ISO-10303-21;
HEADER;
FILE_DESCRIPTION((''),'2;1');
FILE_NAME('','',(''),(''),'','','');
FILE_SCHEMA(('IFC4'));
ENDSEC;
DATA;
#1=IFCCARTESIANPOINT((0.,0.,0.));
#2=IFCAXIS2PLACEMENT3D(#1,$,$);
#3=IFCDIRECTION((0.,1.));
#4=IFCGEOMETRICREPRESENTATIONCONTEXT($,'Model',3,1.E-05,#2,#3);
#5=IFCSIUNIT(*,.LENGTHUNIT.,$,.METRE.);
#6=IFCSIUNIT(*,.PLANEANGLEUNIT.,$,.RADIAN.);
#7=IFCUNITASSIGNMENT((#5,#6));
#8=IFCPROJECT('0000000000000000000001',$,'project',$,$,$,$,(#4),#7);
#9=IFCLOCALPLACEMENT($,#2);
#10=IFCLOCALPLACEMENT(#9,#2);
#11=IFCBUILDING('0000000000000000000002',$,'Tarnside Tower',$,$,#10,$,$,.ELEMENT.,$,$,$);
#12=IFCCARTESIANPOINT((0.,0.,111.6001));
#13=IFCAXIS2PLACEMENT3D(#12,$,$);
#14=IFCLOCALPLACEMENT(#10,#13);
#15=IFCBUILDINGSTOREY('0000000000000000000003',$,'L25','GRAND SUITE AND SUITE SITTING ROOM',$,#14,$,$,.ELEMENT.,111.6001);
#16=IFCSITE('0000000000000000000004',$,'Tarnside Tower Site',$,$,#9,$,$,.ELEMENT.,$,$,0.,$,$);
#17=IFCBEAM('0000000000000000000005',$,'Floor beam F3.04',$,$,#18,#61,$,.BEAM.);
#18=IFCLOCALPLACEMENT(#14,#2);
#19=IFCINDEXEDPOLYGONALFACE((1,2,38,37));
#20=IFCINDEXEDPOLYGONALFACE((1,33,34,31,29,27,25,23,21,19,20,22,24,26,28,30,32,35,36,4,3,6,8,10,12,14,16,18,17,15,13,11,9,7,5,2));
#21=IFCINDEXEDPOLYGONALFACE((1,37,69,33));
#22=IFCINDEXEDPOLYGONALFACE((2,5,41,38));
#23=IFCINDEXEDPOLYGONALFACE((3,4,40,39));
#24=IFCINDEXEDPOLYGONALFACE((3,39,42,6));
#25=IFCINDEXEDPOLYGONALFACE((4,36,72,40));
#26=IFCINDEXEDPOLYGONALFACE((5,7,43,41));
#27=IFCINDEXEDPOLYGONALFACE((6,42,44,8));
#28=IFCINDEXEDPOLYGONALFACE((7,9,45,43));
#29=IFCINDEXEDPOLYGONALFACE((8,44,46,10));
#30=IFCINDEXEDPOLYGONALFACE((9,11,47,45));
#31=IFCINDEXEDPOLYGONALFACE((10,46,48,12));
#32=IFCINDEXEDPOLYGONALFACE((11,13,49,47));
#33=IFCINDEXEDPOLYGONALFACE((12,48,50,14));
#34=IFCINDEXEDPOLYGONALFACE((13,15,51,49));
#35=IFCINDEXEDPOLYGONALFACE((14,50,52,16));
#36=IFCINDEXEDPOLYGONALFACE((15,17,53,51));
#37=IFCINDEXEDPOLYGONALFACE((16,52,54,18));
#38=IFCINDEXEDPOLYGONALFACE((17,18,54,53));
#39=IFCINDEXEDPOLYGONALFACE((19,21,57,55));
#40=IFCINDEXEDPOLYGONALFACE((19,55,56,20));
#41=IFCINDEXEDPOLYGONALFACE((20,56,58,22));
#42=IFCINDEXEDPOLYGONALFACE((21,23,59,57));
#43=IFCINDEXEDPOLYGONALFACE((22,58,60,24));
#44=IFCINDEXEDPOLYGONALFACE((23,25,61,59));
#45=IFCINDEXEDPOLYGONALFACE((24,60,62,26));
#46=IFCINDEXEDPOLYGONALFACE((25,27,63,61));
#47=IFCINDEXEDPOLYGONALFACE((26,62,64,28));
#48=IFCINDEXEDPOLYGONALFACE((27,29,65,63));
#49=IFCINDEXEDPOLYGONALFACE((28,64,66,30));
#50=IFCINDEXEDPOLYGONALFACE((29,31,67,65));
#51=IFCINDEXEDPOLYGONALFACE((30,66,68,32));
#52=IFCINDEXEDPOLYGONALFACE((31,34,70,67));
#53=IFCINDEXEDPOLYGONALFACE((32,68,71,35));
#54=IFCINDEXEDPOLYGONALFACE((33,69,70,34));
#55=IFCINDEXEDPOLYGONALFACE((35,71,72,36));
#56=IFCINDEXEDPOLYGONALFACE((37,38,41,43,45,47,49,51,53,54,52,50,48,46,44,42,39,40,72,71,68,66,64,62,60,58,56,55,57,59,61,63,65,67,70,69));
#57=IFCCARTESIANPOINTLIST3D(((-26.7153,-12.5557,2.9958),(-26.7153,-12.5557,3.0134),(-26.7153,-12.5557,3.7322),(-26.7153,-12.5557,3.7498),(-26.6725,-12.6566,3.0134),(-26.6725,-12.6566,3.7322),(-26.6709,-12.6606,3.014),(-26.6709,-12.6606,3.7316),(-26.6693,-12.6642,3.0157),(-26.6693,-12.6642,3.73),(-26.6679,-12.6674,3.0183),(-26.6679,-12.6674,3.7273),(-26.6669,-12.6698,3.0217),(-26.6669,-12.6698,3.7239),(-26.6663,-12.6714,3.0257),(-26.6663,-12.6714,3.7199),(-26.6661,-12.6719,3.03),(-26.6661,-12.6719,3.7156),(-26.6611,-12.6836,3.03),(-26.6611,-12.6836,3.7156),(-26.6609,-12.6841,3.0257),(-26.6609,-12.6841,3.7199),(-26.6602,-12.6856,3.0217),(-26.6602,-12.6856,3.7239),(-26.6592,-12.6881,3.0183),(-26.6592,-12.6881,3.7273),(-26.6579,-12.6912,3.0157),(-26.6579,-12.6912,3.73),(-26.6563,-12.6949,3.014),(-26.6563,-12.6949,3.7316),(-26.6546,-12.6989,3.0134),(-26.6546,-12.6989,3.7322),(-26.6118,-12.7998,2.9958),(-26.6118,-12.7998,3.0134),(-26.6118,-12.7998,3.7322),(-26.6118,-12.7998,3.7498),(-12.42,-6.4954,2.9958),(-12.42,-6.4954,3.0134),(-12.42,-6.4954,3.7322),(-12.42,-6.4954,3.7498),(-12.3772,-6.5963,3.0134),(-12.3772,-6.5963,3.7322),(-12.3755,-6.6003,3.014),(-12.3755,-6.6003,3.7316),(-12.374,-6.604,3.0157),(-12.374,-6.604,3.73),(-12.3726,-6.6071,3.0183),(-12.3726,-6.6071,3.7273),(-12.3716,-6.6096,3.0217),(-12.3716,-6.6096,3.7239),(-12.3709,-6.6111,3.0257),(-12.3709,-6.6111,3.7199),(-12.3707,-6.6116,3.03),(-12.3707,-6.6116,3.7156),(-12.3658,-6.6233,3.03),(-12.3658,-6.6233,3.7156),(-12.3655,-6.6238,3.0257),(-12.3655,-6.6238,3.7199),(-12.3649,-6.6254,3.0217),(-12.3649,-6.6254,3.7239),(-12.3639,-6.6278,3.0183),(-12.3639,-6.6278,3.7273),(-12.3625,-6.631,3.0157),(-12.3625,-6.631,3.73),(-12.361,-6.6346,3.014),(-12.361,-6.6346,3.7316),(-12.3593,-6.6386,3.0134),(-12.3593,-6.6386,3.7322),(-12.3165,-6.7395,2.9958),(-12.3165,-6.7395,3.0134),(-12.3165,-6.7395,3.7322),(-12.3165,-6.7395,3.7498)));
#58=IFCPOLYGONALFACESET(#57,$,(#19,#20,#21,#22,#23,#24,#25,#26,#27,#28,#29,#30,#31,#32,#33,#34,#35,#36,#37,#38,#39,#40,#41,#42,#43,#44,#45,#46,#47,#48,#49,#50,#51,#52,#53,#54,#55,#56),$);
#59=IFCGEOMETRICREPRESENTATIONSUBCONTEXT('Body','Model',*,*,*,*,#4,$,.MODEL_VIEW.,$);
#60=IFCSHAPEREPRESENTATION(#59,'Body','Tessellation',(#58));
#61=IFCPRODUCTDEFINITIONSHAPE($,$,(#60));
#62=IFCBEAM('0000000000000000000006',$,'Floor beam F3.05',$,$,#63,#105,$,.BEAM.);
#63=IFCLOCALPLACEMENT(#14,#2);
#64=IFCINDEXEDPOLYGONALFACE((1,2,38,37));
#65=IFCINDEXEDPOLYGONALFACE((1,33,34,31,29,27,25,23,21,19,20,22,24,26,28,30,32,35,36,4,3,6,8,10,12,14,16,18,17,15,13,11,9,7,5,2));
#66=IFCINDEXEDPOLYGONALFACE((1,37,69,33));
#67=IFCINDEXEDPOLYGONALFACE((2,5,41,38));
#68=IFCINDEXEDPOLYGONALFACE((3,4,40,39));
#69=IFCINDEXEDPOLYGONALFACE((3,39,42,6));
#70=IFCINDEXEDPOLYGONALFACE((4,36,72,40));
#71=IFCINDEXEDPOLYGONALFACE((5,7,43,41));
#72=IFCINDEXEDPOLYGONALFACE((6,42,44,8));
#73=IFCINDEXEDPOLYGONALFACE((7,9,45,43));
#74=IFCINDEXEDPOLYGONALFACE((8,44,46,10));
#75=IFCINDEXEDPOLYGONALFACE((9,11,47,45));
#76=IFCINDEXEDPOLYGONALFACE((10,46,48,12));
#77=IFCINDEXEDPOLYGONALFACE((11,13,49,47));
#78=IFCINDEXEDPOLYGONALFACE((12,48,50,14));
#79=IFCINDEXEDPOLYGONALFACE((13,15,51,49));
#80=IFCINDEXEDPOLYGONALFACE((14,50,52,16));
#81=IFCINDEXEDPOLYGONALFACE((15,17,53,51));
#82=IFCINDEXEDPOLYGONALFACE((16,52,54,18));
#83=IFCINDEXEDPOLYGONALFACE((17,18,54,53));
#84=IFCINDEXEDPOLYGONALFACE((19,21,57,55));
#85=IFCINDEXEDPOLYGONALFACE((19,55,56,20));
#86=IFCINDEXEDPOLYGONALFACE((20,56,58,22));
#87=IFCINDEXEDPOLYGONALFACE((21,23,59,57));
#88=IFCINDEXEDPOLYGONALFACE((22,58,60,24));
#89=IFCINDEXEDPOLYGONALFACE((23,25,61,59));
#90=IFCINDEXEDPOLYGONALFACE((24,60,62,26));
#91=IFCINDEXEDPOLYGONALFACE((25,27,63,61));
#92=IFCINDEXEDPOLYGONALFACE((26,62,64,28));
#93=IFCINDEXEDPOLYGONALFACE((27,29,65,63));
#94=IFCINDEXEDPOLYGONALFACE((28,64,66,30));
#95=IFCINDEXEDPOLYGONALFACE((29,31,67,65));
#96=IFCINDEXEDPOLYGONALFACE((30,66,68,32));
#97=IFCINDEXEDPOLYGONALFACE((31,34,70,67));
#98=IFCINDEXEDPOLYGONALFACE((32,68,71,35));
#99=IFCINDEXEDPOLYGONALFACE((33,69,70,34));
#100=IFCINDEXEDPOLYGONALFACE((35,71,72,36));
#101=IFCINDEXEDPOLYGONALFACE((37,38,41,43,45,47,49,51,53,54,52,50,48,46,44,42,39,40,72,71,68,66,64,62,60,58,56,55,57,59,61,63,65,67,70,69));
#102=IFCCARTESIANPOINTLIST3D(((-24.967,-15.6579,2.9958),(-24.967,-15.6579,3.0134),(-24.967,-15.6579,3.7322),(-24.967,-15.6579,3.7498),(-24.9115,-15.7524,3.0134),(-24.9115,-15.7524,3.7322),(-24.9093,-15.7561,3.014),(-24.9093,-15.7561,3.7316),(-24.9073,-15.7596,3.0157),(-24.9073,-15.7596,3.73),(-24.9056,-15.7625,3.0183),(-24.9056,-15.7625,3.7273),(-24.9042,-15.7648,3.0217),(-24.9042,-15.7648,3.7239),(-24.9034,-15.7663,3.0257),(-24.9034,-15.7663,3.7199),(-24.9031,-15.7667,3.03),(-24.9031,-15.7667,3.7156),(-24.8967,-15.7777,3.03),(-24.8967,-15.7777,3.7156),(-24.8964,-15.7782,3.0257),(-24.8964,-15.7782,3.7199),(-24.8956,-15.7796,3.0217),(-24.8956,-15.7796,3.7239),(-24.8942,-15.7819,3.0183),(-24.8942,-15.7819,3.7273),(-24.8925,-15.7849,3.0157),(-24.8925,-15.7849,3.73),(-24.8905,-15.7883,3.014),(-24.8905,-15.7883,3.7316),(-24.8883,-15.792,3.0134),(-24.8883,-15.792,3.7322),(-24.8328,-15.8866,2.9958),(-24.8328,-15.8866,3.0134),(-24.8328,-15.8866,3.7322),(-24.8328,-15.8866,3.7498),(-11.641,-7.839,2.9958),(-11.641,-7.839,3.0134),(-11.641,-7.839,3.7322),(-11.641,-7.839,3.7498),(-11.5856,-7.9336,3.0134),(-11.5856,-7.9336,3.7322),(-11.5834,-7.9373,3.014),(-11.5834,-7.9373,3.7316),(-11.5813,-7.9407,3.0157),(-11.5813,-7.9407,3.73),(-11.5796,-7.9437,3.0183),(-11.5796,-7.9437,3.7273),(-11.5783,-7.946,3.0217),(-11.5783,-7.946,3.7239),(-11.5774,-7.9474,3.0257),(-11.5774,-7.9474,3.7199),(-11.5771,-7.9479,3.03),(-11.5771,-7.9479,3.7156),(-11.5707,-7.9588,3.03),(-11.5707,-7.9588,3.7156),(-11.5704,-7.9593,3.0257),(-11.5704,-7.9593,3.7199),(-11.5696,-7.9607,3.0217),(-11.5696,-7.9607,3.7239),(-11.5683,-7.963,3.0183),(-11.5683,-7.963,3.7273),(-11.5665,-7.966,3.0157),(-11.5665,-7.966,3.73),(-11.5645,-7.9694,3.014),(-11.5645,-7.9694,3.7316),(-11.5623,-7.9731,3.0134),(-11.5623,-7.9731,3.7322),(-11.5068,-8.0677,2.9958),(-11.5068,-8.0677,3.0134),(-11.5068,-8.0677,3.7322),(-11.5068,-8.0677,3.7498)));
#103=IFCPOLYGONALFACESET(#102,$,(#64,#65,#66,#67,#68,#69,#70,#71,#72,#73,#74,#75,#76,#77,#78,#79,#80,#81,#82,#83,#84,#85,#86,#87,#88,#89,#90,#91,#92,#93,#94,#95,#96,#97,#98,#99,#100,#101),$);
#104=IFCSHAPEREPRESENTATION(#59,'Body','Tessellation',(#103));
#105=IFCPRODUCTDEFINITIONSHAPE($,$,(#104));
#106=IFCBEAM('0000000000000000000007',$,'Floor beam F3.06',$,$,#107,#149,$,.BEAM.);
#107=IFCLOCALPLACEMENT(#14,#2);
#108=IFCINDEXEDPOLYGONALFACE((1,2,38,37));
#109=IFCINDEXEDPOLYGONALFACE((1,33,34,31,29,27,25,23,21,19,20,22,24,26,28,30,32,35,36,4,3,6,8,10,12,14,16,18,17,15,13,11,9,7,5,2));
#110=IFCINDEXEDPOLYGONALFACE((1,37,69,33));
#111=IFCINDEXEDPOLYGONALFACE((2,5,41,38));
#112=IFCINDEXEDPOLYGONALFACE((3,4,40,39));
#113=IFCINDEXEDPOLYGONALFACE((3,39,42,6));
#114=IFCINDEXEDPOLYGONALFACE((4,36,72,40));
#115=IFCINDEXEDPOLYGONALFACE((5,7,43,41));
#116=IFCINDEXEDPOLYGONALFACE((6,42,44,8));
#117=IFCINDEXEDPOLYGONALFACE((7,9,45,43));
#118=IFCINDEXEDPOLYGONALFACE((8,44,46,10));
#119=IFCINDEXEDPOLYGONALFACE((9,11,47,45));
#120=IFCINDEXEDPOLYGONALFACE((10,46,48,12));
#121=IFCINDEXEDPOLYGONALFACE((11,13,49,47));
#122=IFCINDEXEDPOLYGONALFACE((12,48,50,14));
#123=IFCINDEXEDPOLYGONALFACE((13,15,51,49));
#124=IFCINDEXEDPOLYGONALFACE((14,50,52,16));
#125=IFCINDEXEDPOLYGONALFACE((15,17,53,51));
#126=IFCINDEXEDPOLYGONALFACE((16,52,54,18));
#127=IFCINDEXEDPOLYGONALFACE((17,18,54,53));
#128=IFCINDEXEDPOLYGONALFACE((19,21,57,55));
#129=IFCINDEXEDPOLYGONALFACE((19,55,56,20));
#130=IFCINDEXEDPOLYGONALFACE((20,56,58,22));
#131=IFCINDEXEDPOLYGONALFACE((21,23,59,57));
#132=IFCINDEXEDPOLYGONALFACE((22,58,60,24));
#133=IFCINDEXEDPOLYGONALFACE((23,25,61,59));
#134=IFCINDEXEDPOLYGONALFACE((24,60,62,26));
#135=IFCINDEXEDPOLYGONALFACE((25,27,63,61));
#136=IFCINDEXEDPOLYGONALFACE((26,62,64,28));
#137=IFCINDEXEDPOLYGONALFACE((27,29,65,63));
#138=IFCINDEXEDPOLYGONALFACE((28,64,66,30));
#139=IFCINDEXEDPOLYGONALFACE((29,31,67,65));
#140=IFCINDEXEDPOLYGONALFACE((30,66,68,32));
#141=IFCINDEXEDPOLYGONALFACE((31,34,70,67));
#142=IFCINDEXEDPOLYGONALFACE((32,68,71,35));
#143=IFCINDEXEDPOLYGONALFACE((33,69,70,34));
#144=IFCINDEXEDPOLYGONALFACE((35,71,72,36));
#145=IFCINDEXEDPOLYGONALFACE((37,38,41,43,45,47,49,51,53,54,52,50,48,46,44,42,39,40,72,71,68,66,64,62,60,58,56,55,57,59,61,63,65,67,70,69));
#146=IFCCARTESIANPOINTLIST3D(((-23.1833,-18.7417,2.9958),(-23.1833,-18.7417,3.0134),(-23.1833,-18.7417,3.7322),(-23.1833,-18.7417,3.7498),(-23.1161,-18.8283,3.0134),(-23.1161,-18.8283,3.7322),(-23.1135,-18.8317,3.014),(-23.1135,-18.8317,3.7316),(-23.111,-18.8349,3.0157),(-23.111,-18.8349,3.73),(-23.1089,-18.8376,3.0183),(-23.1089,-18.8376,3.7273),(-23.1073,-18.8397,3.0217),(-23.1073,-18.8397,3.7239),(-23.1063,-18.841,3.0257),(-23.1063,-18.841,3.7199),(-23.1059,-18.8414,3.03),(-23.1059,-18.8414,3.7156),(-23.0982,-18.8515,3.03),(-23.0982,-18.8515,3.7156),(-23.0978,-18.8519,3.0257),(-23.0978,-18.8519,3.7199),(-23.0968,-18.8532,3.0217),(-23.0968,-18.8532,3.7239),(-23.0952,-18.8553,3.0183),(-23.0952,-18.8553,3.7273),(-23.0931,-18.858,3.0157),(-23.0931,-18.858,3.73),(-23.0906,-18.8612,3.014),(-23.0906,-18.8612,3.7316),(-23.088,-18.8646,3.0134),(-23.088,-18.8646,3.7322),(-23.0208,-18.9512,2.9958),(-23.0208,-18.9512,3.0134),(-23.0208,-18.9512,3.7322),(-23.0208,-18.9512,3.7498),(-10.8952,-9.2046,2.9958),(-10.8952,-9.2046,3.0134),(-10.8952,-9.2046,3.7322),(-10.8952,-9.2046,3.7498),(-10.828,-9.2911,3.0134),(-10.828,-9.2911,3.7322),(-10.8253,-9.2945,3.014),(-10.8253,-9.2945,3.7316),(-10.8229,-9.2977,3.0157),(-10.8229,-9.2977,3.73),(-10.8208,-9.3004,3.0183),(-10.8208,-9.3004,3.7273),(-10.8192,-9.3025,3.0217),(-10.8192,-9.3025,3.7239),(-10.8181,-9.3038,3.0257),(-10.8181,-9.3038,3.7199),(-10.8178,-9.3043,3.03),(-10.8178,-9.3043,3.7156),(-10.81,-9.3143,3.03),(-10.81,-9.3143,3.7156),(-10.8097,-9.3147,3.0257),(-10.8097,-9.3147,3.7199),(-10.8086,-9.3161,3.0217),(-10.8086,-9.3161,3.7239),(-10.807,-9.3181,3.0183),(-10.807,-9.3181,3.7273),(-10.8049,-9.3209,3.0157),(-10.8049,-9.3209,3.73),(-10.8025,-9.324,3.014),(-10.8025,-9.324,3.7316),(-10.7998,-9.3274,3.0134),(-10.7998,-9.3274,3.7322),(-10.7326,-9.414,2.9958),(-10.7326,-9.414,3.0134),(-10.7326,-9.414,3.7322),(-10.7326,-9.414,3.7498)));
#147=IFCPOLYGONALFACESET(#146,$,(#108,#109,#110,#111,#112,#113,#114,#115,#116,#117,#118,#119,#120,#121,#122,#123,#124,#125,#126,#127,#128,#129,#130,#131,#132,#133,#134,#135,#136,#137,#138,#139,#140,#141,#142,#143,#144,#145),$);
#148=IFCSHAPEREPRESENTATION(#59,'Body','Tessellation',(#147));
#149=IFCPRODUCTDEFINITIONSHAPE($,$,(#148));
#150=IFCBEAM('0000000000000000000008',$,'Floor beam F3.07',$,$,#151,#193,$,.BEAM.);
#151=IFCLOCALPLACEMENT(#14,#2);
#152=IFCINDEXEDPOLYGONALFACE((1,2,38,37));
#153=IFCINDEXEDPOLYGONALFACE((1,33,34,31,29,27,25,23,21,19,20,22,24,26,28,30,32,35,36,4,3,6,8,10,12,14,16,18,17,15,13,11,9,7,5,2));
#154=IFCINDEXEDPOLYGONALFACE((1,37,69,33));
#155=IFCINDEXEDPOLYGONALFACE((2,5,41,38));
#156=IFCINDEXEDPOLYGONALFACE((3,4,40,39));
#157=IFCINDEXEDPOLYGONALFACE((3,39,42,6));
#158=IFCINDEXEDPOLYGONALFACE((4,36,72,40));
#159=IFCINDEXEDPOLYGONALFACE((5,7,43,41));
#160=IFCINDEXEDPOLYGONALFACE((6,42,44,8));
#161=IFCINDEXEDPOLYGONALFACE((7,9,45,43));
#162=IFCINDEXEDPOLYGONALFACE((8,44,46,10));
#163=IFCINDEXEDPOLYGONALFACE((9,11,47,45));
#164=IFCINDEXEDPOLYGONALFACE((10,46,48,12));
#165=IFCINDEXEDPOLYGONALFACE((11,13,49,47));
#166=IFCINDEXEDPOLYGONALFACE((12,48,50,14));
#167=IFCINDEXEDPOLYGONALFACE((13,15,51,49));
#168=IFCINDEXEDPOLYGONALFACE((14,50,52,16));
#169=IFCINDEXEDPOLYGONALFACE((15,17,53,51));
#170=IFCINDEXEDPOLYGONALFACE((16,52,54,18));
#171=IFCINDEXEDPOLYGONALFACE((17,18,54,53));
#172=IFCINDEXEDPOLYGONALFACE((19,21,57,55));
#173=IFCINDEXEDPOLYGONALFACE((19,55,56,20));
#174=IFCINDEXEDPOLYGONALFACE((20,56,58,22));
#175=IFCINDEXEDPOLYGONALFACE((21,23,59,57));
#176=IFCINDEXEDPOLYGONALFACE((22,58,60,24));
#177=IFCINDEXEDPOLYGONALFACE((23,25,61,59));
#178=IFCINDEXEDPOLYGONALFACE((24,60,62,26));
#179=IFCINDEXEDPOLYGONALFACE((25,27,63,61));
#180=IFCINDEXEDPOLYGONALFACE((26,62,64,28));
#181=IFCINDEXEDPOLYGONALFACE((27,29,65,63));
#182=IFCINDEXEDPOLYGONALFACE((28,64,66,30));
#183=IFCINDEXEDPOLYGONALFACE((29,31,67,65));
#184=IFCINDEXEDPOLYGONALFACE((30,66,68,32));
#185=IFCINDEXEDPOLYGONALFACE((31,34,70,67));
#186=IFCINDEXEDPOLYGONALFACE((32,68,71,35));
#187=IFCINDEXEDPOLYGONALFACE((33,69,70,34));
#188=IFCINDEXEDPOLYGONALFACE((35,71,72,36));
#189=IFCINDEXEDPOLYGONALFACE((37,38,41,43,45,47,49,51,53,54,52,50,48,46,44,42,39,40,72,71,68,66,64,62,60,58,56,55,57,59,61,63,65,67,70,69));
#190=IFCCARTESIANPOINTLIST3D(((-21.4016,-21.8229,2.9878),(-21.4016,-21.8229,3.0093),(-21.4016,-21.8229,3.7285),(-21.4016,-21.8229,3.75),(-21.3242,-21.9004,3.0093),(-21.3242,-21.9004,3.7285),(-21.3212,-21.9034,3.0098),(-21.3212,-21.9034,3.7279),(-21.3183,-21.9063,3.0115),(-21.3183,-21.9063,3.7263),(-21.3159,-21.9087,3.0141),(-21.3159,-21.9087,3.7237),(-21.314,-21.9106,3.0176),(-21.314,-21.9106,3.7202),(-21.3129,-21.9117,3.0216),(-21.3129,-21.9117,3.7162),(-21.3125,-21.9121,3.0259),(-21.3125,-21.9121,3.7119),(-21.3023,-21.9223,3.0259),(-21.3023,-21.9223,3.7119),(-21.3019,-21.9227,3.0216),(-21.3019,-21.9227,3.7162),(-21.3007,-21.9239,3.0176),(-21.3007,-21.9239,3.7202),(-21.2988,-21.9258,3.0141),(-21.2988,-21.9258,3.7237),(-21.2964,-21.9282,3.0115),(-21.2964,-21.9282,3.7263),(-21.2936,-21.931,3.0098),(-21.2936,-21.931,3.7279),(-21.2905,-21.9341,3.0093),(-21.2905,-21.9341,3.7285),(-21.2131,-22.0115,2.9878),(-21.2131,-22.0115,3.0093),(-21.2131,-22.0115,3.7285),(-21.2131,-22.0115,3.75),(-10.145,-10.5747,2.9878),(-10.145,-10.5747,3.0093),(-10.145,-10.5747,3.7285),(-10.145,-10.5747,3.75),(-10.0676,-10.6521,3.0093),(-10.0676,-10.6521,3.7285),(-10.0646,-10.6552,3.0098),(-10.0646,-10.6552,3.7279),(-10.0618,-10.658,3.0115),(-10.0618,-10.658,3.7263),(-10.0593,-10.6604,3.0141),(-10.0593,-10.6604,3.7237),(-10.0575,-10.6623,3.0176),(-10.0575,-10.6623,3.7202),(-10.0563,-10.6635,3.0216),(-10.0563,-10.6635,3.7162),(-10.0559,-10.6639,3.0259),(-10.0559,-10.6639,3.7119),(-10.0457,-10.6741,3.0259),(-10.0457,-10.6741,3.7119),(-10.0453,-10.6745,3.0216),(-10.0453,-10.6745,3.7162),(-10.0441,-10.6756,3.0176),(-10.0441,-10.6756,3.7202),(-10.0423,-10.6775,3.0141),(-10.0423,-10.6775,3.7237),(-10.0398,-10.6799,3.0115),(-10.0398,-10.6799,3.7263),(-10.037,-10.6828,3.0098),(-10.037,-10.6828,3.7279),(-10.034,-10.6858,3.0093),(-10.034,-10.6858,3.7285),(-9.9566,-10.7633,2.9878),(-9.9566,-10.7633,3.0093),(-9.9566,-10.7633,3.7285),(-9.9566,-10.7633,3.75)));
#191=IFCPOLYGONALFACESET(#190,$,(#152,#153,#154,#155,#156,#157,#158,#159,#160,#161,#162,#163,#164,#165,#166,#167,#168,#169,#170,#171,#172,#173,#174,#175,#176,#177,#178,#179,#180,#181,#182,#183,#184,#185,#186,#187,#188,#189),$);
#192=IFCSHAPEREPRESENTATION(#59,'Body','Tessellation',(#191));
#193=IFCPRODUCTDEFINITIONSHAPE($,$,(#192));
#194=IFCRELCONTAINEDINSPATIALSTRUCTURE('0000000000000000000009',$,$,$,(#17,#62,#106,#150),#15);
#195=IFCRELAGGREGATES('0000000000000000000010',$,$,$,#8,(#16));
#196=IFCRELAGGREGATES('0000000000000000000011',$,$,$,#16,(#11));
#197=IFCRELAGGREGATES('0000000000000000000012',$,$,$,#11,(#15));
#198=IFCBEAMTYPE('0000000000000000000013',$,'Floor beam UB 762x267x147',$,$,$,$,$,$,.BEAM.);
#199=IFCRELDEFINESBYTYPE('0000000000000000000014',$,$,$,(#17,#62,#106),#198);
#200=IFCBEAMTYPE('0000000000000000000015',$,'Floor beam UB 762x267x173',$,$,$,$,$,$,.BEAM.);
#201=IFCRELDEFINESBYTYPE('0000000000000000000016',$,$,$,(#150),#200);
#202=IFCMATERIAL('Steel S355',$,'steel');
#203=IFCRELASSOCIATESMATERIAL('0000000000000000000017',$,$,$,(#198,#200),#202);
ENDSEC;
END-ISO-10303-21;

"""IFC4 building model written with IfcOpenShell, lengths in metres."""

from ifc_helpers import new_model, si_unit, direction, frame, origin, origin_2d, place, context, subcontext, project, spatial, i_section, extrude, material, material_profile, profile_set, type_object, element, save


model = new_model("IFC4")

# Units and contexts
model_context = context("Model", 3, precision=1e-05, world=origin(), true_north=direction((0.0, 1.0)))
body_context = subcontext(model_context, "Body", "Model", "MODEL_VIEW")
ifc_project = project(units=[si_unit("LENGTHUNIT", "METRE"), si_unit("PLANEANGLEUNIT", "RADIAN")], contexts=[model_context])

# Site, building, storey
site_placement = place(None, origin())
site = spatial("IfcSite", under=ifc_project, at=site_placement, Name="Tarnside Tower Site", CompositionType="ELEMENT", RefElevation=0.0)
building_placement = place(site_placement, origin())
building = spatial("IfcBuilding", under=site, at=building_placement, Name="Tarnside Tower", CompositionType="ELEMENT")
storey_placement = place(building_placement, frame((0.0, 0.0, 111.6001)))
storey = spatial("IfcBuildingStorey", under=building, at=storey_placement, Name="L25", Description="GRAND SUITE AND SUITE SITTING ROOM", CompositionType="ELEMENT", Elevation=111.6001)

# Beams
ifc_material_1 = material(Name="Steel S355", Category="steel")
ifc_material_profile_1 = material_profile(ifc_material_1, i_section(OverallWidth=0.2651, OverallDepth=0.7539, WebThickness=0.0127, FlangeThickness=0.0176, FilletRadius=0.0166, at=origin_2d()), Name="UB 762x267x147")
ifc_profile_set_1 = profile_set([ifc_material_profile_1], Name="Steel S355")
beam_type_1 = type_object("IfcBeamType", Name="Floor beam UB 762x267x147", PredefinedType="BEAM", material=ifc_profile_set_1)
beam_1_placement = place(storey_placement, frame((-26.6636, -12.6777, 3.3728), z_axis=(0.920684, 0.390309, 0.0), x_axis=(-0.390309, 0.920684, 0.0)))
element("IfcBeam", 1, at=beam_1_placement, inside=storey, type_object=beam_type_1, Name="Floor beam F3.04", PredefinedType="BEAM", context=body_context, shape_type="SweptSolid", body=[
    extrude(i_section(OverallWidth=0.2651, OverallDepth=0.7539, WebThickness=0.0127, FlangeThickness=0.0176, FilletRadius=0.0166, at=origin_2d()), origin(), (0.0, 0.0, 1.0), 15.5269),
])
beam_2_placement = place(storey_placement, frame((-24.8999, -15.7722, 3.3728), z_axis=(0.862498, 0.506061, 0.0), x_axis=(-0.506061, 0.862498, 0.0)))
element("IfcBeam", 2, at=beam_2_placement, inside=storey, type_object=beam_type_1, Name="Floor beam F3.05", PredefinedType="BEAM", context=body_context, shape_type="SweptSolid", body=[
    extrude(i_section(OverallWidth=0.2651, OverallDepth=0.7539, WebThickness=0.0127, FlangeThickness=0.0176, FilletRadius=0.0166, at=origin_2d()), origin(), (0.0, 0.0, 1.0), 15.4504),
])
beam_3_placement = place(storey_placement, frame((-23.1021, -18.8464, 3.3728), z_axis=(0.789984, 0.613128, 0.0), x_axis=(-0.613128, 0.789984, 0.0)))
element("IfcBeam", 3, at=beam_3_placement, inside=storey, type_object=beam_type_1, Name="Floor beam F3.06", PredefinedType="BEAM", context=body_context, shape_type="SweptSolid", body=[
    extrude(i_section(OverallWidth=0.2651, OverallDepth=0.7539, WebThickness=0.0127, FlangeThickness=0.0176, FilletRadius=0.0166, at=origin_2d()), origin(), (0.0, 0.0, 1.0), 15.5549),
])
ifc_material_profile_2 = material_profile(ifc_material_1, i_section(OverallWidth=0.2666, OverallDepth=0.7622, WebThickness=0.0144, FlangeThickness=0.0215, FilletRadius=0.0166, at=origin_2d()), Name="UB 762x267x173")
ifc_profile_set_2 = profile_set([ifc_material_profile_2], Name="Steel S355")
beam_type_2 = type_object("IfcBeamType", Name="Floor beam UB 762x267x173", PredefinedType="BEAM", material=ifc_profile_set_2)
beam_4_placement = place(storey_placement, frame((-21.3074, -21.9172, 3.3689), z_axis=(0.707368, 0.706846, 0.0), x_axis=(-0.706846, 0.707368, 0.0)))
element("IfcBeam", 4, at=beam_4_placement, inside=storey, type_object=beam_type_2, Name="Floor beam F3.07", PredefinedType="BEAM", context=body_context, shape_type="SweptSolid", body=[
    extrude(i_section(OverallWidth=0.2666, OverallDepth=0.7622, WebThickness=0.0144, FlangeThickness=0.0215, FilletRadius=0.0166, at=origin_2d()), origin(), (0.0, 0.0, 1.0), 15.9133),
])

save(model, "model.ifc")
